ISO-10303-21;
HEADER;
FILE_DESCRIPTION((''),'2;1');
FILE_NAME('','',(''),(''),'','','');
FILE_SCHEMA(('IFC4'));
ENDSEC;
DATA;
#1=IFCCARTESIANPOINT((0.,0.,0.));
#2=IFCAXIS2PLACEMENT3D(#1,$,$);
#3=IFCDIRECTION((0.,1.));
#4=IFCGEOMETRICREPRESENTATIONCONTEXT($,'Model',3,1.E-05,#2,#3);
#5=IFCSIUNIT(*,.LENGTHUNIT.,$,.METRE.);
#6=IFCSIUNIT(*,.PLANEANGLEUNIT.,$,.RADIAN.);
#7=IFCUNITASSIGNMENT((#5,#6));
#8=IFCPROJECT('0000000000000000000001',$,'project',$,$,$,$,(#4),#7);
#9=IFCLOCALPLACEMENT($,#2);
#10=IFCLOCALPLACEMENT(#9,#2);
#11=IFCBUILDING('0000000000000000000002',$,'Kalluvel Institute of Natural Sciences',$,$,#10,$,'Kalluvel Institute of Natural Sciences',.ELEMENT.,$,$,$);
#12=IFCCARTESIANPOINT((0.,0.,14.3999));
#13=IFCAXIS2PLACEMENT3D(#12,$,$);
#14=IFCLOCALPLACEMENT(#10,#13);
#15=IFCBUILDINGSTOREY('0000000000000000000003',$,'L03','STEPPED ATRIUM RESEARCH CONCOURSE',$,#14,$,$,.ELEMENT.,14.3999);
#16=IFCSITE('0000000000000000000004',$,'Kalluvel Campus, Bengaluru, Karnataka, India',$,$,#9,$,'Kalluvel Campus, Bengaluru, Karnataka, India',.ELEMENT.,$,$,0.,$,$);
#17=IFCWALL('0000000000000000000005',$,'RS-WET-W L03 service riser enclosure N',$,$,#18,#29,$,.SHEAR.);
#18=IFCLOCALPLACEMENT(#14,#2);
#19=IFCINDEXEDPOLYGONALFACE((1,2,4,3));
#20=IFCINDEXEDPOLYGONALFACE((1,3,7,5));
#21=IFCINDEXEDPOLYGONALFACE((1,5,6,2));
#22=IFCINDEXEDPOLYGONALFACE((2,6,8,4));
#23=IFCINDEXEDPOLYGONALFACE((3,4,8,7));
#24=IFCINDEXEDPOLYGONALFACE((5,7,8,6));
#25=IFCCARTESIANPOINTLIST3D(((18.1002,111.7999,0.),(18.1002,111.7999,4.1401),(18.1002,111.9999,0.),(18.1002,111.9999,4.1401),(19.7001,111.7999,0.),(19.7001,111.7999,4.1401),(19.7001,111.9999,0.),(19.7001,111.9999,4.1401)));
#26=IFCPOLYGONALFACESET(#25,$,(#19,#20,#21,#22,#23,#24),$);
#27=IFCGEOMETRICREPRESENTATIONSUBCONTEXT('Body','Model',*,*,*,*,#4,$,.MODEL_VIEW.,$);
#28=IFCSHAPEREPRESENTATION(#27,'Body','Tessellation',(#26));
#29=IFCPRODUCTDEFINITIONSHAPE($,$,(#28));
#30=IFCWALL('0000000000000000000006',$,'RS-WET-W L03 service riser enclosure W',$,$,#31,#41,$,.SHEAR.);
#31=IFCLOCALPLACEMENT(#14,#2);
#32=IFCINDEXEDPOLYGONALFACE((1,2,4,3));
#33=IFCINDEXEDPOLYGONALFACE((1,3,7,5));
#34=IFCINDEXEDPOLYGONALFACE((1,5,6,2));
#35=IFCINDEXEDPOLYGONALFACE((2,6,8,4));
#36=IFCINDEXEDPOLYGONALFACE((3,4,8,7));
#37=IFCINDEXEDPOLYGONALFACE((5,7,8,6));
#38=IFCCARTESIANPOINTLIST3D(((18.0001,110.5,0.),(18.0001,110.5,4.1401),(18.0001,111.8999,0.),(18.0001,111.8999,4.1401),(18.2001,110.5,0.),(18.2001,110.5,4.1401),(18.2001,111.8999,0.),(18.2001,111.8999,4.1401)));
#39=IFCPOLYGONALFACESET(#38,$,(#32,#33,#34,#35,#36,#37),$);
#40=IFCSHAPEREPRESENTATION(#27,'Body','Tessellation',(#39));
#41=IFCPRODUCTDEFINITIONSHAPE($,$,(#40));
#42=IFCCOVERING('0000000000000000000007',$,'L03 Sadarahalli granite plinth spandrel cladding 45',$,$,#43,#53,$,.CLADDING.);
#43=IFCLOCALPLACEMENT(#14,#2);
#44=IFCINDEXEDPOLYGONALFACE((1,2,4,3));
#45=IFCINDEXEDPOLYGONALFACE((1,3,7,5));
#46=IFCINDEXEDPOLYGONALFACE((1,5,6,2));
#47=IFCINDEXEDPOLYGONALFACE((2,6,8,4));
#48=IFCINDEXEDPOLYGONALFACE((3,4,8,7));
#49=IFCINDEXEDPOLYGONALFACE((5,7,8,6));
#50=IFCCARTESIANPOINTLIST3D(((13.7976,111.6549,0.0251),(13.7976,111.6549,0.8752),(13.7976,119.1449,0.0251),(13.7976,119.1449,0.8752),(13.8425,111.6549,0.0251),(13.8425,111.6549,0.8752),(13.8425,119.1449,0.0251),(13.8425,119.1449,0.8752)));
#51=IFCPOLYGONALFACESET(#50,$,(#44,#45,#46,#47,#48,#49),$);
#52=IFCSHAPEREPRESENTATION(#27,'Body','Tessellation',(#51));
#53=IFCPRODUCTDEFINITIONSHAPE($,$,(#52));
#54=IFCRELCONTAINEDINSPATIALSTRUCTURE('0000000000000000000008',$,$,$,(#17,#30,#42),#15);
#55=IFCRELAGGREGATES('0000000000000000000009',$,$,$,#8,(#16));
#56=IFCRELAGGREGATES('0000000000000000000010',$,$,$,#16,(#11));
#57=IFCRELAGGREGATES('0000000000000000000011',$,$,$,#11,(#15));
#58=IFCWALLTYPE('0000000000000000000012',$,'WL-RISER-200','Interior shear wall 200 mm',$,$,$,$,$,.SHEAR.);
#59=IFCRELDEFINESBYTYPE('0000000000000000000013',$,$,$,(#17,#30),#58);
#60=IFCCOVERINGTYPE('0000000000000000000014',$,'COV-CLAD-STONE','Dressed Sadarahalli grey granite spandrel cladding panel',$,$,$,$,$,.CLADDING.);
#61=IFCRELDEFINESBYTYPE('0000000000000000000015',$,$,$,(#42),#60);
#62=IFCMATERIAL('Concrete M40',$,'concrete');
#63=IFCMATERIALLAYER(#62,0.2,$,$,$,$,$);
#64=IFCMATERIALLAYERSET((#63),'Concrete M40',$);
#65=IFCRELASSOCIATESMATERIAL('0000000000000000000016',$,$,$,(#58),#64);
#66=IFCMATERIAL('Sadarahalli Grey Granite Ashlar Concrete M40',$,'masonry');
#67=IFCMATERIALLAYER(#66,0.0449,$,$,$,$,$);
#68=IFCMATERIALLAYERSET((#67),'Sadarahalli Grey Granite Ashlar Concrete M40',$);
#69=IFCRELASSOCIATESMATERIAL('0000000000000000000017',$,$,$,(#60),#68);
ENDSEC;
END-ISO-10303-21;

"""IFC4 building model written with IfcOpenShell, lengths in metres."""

from ifc_helpers import new_model, si_unit, direction, frame, frame_2d, origin, origin_2d, place, context, subcontext, project, spatial, rectangle, extrude, material, layer, layer_set, type_object, element, save


model = new_model("IFC4")

# Units and contexts
model_context = context("Model", 3, precision=1e-05, world=origin(), true_north=direction((0.0, 1.0)))
body_context = subcontext(model_context, "Body", "Model", "MODEL_VIEW")
ifc_project = project(units=[si_unit("LENGTHUNIT", "METRE"), si_unit("PLANEANGLEUNIT", "RADIAN")], contexts=[model_context])

# Site, building, storey
site_placement = place(None, origin())
site = spatial("IfcSite", under=ifc_project, at=site_placement, Name="Kalluvel Campus, Bengaluru, Karnataka, India", LongName="Kalluvel Campus, Bengaluru, Karnataka, India", CompositionType="ELEMENT", RefElevation=0.0)
building_placement = place(site_placement, origin())
building = spatial("IfcBuilding", under=site, at=building_placement, Name="Kalluvel Institute of Natural Sciences", LongName="Kalluvel Institute of Natural Sciences", CompositionType="ELEMENT")
storey_placement = place(building_placement, frame((0.0, 0.0, 14.3999)))
storey = spatial("IfcBuildingStorey", under=building, at=storey_placement, Name="L03", Description="STEPPED ATRIUM RESEARCH CONCOURSE", CompositionType="ELEMENT", Elevation=14.3999)

# Shared definitions
ifc_material_1 = material(Name="Concrete M40", Category="concrete")

# Shared definitions
ifc_material_2 = material(Name="Sadarahalli Grey Granite Ashlar Concrete M40", Category="masonry")

# Walls
ifc_layer_1 = layer(ifc_material_1, 0.2)
ifc_layer_set_1 = layer_set([ifc_layer_1], Name="Concrete M40")
wall_type_1 = type_object("IfcWallType", Name="WL-RISER-200", Description="Interior shear wall 200 mm", PredefinedType="SHEAR", material=ifc_layer_set_1)
wall_1_placement = place(storey_placement, frame((19.7, 111.8999, 0.0), z_axis=(0.0, 0.0, 1.0), x_axis=(-1.0, 0.0, 0.0)))
element("IfcWall", 1, at=wall_1_placement, inside=storey, type_object=wall_type_1, Name="RS-WET-W L03 service riser enclosure N", PredefinedType="SHEAR", context=body_context, shape_type="SweptSolid", body=[
    extrude(rectangle(XDim=1.5999, YDim=0.2, at=frame_2d((0.7998, 0.0))), origin(), (0.0, 0.0, 1.0), 4.1401),
])
wall_2_placement = place(storey_placement, frame((18.1001, 111.8999, 0.0), z_axis=(0.0, 0.0, 1.0), x_axis=(0.0, -1.0, 0.0)))
element("IfcWall", 2, at=wall_2_placement, inside=storey, type_object=wall_type_1, Name="RS-WET-W L03 service riser enclosure W", PredefinedType="SHEAR", context=body_context, shape_type="SweptSolid", body=[
    extrude(rectangle(XDim=1.3999, YDim=0.2, at=frame_2d((0.7, 0.0))), origin(), (0.0, 0.0, 1.0), 4.1401),
])

# Covering
ifc_layer_2 = layer(ifc_material_2, 0.0449)
ifc_layer_set_2 = layer_set([ifc_layer_2], Name="Sadarahalli Grey Granite Ashlar Concrete M40")
covering_type = type_object("IfcCoveringType", Name="COV-CLAD-STONE", Description="Dressed Sadarahalli grey granite spandrel cladding panel", PredefinedType="CLADDING", material=ifc_layer_set_2)
covering_placement = place(storey_placement, frame((13.8201, 115.3999, 0.0251), z_axis=(0.0, 0.0, 1.0), x_axis=(0.0, 1.0, 0.0)))
element("IfcCovering", 3, at=covering_placement, inside=storey, type_object=covering_type, Name="L03 Sadarahalli granite plinth spandrel cladding 45", PredefinedType="CLADDING", context=body_context, shape_type="SweptSolid", body=[
    extrude(rectangle(XDim=7.49, YDim=0.0449, at=origin_2d()), origin(), (0.0, 0.0, 1.0), 0.8501),
])

save(model, "model.ifc")
